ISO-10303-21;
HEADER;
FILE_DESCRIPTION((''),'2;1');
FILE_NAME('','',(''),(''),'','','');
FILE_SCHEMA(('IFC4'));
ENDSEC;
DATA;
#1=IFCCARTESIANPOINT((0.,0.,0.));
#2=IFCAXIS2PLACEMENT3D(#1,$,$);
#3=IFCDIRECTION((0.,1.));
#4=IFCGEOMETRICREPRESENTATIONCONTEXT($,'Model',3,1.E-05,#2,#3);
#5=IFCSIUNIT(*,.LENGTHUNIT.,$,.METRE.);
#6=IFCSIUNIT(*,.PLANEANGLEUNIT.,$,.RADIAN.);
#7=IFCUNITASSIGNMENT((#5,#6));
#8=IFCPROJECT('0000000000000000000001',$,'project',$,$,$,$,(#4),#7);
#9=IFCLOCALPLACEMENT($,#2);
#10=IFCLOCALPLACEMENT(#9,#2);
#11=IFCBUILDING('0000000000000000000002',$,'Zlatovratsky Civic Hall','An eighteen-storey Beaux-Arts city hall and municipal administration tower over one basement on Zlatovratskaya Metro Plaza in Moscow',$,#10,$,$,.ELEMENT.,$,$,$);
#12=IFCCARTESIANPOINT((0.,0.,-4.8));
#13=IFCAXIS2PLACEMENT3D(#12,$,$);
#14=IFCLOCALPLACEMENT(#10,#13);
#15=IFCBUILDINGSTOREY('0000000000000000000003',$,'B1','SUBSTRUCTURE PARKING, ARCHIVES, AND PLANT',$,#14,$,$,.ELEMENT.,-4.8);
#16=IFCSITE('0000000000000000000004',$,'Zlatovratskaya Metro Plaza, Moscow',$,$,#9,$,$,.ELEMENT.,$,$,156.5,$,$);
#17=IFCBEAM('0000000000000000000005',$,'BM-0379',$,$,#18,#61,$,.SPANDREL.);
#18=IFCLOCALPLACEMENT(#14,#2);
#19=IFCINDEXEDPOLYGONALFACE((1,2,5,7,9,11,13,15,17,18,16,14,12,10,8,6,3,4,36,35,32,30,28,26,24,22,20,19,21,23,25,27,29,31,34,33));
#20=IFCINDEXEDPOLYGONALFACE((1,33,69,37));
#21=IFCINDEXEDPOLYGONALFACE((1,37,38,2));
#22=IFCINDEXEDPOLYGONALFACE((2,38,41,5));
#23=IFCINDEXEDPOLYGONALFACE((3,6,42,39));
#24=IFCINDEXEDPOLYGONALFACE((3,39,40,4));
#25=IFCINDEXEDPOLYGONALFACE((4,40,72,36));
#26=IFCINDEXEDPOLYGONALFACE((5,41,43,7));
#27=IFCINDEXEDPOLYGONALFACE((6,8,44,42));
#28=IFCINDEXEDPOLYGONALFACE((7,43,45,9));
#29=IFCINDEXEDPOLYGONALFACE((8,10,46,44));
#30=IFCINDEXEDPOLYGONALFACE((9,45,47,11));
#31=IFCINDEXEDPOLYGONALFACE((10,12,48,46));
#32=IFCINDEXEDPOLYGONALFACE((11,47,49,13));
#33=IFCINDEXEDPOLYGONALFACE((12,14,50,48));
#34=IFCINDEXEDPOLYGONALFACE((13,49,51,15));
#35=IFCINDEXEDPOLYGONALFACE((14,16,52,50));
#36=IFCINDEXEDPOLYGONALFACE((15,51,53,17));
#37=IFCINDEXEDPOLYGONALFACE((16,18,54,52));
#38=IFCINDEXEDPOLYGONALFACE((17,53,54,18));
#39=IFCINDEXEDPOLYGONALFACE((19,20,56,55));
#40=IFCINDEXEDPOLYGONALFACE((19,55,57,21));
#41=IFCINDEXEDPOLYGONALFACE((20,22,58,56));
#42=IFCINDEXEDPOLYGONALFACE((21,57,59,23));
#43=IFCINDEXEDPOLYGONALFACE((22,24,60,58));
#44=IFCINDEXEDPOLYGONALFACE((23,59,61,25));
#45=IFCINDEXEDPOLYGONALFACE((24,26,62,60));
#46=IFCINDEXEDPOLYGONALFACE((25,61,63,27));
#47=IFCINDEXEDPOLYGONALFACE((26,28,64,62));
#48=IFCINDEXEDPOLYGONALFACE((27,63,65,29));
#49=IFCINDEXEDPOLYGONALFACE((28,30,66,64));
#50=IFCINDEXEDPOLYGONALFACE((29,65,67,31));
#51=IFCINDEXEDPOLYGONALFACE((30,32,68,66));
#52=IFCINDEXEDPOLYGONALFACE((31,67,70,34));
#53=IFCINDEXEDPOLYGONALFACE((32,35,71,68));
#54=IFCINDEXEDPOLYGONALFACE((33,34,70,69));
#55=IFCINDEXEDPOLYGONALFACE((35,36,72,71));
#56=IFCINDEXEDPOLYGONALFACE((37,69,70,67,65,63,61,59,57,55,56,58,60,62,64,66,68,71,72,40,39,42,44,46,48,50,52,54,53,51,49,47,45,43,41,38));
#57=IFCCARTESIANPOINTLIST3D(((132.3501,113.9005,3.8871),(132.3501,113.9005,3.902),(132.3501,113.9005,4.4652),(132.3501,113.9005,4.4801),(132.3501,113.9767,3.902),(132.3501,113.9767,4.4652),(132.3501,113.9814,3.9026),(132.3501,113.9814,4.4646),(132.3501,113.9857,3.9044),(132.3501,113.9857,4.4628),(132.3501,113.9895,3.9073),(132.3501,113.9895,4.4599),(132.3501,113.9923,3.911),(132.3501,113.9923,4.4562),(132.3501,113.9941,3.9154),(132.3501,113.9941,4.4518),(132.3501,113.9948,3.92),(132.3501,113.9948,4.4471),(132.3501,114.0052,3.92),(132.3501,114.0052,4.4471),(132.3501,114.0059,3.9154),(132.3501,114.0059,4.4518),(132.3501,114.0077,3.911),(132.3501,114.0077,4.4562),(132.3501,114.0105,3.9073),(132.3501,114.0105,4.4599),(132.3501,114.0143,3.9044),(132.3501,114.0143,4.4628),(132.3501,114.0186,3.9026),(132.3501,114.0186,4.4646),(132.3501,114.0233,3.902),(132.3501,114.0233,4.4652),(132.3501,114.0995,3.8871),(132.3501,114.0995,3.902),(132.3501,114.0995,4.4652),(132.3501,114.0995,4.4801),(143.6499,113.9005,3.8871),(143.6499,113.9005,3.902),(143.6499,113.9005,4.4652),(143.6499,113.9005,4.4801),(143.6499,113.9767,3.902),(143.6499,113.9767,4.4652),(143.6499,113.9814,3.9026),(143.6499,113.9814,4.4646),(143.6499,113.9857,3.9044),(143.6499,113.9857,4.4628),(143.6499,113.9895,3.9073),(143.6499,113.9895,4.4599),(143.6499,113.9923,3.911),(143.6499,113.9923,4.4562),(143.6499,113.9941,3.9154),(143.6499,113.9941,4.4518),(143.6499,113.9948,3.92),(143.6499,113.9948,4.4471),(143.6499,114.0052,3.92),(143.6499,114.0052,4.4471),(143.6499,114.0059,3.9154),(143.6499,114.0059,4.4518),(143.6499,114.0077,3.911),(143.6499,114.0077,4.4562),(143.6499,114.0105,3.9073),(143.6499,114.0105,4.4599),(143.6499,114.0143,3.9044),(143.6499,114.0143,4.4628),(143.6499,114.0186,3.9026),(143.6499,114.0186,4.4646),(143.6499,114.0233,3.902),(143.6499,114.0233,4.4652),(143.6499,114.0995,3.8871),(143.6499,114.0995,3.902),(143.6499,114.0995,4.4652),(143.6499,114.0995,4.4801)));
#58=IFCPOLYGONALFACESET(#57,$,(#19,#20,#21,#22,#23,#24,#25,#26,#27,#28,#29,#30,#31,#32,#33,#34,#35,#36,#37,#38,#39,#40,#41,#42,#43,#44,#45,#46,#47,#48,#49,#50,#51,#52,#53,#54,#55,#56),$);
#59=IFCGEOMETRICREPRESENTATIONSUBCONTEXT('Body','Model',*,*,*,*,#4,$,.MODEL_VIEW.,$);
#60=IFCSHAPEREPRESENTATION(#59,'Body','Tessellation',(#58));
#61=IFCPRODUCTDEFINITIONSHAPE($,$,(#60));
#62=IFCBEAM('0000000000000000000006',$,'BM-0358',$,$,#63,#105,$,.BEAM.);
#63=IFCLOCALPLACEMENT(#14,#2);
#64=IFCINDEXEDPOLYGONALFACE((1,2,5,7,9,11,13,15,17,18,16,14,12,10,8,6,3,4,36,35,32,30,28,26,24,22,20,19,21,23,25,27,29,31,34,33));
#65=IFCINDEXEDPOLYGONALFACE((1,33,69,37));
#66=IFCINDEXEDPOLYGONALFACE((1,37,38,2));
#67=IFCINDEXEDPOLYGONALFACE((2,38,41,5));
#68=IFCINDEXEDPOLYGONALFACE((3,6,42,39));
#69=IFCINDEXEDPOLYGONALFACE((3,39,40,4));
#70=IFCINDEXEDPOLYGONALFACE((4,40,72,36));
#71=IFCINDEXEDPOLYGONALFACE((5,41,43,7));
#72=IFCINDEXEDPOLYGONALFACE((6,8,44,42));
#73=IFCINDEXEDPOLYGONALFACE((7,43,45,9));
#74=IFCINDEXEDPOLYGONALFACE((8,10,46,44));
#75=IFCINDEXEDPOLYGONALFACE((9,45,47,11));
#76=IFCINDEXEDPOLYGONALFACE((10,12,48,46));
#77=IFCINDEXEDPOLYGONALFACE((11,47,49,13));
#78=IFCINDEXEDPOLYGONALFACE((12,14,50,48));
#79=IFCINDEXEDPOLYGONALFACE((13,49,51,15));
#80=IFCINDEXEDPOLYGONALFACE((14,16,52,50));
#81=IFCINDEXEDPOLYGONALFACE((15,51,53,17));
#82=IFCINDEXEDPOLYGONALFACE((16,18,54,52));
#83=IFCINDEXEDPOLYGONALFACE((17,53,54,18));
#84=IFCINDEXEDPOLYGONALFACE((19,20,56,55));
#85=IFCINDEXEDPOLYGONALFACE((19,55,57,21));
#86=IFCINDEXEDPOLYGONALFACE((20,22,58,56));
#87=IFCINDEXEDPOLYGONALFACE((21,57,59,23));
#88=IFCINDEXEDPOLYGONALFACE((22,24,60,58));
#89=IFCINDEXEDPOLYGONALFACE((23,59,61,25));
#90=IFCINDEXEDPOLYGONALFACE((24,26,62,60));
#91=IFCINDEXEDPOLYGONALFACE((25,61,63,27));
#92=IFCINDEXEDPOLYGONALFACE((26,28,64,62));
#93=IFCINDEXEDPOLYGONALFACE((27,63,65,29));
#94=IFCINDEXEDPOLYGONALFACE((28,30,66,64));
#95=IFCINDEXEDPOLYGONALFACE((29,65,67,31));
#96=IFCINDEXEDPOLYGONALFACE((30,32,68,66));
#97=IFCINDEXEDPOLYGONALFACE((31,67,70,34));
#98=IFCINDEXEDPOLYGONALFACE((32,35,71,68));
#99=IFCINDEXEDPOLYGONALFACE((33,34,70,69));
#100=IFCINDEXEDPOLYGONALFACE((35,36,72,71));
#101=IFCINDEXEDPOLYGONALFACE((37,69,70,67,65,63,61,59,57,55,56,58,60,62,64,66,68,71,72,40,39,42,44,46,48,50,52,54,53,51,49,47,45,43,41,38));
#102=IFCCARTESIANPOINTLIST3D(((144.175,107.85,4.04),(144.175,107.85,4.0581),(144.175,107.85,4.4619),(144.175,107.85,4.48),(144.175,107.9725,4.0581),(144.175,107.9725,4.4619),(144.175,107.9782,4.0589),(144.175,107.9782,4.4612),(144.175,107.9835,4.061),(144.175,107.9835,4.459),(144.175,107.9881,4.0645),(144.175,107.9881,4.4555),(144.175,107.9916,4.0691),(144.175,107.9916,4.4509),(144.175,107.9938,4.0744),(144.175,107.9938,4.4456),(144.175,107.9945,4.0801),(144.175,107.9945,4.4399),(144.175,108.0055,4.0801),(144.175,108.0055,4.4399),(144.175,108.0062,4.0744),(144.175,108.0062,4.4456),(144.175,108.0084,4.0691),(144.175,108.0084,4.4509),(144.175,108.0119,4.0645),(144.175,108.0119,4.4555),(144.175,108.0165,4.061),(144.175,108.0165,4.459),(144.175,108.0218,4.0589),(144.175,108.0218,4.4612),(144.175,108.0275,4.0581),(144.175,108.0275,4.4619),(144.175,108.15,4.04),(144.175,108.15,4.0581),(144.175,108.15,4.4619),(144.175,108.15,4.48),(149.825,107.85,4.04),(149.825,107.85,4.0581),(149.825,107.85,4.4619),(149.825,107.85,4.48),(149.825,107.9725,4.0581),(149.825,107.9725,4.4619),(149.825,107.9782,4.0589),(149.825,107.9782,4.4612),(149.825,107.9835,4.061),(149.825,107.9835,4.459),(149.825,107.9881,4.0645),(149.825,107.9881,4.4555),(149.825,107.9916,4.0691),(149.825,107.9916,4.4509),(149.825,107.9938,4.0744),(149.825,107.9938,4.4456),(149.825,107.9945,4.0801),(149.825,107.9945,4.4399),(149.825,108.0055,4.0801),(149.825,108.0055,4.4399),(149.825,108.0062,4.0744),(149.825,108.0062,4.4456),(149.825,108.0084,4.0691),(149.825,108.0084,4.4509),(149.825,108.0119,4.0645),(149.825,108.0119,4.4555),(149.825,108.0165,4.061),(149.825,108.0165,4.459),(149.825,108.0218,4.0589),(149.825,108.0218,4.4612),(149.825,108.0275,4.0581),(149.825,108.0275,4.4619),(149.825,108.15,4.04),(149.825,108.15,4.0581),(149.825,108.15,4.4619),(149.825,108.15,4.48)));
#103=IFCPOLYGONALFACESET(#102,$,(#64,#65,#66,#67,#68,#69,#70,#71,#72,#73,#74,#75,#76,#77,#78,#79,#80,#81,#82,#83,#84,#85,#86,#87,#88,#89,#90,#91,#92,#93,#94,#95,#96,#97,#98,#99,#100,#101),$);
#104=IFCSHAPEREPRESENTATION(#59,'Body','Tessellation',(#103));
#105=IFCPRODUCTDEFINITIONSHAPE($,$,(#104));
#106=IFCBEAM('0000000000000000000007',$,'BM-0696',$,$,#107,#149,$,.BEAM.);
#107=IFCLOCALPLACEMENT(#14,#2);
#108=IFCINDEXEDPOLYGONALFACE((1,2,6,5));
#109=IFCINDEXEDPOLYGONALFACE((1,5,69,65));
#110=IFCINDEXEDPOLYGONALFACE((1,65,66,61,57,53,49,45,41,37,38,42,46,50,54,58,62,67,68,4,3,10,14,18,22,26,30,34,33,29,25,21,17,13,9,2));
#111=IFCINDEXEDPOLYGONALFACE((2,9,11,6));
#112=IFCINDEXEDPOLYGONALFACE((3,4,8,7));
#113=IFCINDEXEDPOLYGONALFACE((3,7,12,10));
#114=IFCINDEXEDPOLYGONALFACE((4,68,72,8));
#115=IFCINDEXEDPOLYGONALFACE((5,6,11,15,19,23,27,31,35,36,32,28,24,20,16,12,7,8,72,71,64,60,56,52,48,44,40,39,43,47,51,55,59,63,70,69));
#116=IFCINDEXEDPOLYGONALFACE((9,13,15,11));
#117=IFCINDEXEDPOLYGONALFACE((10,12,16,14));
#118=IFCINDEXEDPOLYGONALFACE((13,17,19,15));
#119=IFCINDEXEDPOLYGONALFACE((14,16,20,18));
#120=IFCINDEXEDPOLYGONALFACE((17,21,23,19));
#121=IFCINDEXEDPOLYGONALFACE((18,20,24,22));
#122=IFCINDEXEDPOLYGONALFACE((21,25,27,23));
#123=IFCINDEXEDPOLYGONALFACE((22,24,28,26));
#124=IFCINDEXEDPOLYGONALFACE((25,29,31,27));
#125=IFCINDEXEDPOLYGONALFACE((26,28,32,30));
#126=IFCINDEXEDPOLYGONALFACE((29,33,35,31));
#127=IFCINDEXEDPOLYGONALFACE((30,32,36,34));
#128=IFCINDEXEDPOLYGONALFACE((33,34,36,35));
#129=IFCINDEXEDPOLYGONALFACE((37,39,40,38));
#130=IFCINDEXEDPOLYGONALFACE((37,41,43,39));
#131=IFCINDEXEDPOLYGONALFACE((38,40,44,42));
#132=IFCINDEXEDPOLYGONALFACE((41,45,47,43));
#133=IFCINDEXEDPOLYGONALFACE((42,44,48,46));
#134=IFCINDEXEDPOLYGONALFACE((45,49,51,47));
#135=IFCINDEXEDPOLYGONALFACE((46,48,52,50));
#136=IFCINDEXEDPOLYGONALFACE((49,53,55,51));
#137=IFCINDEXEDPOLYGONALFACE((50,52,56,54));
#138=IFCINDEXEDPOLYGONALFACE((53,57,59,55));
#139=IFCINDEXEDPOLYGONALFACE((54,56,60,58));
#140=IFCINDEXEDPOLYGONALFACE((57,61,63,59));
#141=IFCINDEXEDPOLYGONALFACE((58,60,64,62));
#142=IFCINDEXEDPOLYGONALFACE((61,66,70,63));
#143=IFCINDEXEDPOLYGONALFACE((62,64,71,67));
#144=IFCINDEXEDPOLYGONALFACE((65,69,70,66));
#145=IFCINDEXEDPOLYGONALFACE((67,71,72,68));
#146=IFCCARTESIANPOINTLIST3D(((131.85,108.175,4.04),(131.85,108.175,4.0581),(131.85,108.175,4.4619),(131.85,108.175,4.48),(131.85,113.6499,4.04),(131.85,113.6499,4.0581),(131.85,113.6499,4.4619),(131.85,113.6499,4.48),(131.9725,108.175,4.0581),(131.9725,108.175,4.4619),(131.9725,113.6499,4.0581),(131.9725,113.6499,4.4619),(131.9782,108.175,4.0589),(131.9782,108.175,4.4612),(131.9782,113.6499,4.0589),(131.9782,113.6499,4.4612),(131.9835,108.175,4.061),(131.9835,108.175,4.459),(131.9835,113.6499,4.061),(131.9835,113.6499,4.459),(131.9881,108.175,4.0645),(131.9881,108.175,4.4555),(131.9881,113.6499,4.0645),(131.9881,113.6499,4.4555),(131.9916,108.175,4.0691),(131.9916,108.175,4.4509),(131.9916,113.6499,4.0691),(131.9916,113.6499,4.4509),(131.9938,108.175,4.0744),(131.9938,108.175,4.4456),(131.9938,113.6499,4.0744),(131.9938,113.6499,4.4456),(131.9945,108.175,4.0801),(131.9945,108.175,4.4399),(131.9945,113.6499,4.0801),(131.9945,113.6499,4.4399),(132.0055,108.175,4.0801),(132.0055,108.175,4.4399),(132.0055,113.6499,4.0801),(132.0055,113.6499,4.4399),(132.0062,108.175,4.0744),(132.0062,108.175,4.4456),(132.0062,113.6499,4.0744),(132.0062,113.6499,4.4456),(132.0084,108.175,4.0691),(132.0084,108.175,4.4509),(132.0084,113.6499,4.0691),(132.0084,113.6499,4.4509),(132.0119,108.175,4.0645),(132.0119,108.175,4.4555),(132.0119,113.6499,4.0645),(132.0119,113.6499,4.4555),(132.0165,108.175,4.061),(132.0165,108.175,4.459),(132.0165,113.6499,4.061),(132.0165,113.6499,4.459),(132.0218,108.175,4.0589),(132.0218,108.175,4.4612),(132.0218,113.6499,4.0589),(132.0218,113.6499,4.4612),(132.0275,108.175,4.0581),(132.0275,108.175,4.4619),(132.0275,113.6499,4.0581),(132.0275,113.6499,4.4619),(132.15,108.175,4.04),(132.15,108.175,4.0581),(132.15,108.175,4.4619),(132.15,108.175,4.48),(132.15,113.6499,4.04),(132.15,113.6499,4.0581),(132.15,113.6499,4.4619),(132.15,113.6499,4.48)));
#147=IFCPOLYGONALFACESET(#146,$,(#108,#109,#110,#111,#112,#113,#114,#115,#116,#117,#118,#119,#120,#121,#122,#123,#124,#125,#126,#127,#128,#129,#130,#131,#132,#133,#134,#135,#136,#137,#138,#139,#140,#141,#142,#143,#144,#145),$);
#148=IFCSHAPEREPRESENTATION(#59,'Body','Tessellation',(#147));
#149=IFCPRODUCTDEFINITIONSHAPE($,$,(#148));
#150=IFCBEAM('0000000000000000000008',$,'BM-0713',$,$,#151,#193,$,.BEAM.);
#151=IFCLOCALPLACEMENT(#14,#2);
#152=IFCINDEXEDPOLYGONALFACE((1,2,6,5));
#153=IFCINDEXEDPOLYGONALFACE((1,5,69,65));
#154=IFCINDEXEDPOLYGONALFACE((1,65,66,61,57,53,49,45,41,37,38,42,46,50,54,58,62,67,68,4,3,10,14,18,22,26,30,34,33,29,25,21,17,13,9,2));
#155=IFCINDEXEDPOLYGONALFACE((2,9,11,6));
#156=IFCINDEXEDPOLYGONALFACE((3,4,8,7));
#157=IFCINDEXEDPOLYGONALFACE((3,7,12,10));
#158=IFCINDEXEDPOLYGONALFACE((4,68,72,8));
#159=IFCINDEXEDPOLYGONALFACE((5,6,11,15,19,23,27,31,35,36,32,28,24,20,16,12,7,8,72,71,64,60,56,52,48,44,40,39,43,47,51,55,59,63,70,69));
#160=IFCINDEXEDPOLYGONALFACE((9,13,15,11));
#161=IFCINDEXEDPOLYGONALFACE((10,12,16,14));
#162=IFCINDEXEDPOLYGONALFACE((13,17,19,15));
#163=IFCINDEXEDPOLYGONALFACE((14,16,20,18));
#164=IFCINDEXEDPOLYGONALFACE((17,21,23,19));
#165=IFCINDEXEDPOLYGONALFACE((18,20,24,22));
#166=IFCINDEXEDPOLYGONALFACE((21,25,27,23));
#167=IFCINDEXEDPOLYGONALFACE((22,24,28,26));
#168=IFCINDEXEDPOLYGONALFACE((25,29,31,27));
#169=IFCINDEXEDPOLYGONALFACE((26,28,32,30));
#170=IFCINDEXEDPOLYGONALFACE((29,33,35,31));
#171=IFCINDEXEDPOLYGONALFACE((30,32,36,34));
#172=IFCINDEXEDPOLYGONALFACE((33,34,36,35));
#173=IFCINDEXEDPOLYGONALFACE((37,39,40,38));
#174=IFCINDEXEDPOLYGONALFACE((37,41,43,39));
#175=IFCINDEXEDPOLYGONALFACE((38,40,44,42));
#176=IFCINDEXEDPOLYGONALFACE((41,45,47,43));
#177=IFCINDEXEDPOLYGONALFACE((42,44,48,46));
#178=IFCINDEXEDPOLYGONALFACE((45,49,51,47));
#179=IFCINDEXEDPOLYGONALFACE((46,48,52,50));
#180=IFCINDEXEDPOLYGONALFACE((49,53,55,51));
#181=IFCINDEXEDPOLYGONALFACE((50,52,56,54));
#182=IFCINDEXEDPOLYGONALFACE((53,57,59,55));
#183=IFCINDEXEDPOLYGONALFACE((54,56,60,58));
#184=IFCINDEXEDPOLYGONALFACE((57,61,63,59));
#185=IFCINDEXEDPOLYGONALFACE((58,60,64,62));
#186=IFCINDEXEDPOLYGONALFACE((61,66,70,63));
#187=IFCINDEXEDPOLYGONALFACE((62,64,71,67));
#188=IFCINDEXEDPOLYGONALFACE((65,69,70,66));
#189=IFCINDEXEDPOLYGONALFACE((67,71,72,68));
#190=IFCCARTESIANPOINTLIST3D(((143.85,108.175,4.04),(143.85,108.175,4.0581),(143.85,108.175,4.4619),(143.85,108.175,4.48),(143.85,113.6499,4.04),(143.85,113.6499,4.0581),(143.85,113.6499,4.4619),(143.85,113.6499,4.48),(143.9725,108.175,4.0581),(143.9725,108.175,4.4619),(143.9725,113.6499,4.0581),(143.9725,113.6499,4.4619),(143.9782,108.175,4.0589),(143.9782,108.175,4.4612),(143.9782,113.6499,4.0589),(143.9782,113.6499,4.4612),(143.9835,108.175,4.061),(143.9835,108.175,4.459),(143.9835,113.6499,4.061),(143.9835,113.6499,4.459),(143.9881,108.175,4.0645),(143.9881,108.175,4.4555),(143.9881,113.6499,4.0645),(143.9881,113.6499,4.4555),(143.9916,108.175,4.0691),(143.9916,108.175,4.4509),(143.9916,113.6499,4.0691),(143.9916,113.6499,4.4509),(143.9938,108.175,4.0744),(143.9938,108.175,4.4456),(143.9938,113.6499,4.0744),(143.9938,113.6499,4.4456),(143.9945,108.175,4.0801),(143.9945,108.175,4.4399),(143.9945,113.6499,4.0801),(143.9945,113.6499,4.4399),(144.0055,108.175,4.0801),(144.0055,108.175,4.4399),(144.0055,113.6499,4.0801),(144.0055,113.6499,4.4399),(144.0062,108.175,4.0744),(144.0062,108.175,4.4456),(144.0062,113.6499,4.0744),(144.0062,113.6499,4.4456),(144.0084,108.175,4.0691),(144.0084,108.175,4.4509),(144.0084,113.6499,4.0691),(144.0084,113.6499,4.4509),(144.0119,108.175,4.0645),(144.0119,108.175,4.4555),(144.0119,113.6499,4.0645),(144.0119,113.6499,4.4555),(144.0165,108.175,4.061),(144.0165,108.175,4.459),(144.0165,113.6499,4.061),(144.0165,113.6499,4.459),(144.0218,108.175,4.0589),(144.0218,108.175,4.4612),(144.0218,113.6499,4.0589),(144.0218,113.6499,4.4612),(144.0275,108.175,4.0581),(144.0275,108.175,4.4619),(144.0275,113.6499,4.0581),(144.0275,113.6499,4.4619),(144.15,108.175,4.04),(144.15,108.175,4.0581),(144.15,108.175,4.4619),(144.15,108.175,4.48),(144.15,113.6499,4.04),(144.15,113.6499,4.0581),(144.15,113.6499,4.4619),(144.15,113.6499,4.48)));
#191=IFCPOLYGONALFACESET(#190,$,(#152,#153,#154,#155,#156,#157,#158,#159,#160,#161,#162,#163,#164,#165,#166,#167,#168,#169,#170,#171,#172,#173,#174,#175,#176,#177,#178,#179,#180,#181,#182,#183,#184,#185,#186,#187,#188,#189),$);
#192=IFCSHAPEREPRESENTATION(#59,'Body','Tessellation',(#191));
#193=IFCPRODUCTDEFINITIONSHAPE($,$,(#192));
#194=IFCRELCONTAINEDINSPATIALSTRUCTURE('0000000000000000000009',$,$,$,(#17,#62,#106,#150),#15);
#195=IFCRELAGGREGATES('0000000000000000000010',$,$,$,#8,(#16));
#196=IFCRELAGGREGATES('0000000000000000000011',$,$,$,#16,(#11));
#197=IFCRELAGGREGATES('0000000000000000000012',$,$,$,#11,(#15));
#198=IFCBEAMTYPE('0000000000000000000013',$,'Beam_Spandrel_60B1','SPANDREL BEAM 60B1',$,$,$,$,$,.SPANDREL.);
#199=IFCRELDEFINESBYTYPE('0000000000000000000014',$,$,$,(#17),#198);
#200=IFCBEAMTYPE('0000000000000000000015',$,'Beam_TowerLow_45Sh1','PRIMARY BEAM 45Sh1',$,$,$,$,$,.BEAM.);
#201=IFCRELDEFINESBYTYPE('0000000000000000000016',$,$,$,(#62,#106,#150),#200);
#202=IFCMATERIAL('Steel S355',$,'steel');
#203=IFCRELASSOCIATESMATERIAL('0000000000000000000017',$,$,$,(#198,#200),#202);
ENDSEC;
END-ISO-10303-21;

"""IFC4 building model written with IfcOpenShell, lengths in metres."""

from ifc_helpers import new_model, si_unit, direction, frame, origin, origin_2d, place, context, subcontext, project, spatial, i_section, extrude, material, material_profile, profile_set, type_object, element, save


model = new_model("IFC4")

# Units and contexts
model_context = context("Model", 3, precision=1e-05, world=origin(), true_north=direction((0.0, 1.0)))
body_context = subcontext(model_context, "Body", "Model", "MODEL_VIEW")
ifc_project = project(units=[si_unit("LENGTHUNIT", "METRE"), si_unit("PLANEANGLEUNIT", "RADIAN")], contexts=[model_context])

# Site, building, storey
site_placement = place(None, origin())
site = spatial("IfcSite", under=ifc_project, at=site_placement, Name="Zlatovratskaya Metro Plaza, Moscow", CompositionType="ELEMENT", RefElevation=156.5)
building_placement = place(site_placement, origin())
building = spatial("IfcBuilding", under=site, at=building_placement, Name="Zlatovratsky Civic Hall", Description="An eighteen-storey Beaux-Arts city hall and municipal administration tower over one basement on Zlatovratskaya Metro Plaza in Moscow", CompositionType="ELEMENT")
storey_placement = place(building_placement, frame((0.0, 0.0, -4.8)))
storey = spatial("IfcBuildingStorey", under=building, at=storey_placement, Name="B1", Description="SUBSTRUCTURE PARKING, ARCHIVES, AND PLANT", CompositionType="ELEMENT", Elevation=-4.8)

# Shared definitions
ifc_material_1 = material(Name="Steel S355", Category="steel")

# Beams
ifc_material_profile_1 = material_profile(ifc_material_1, i_section(OverallWidth=0.199, OverallDepth=0.593, WebThickness=0.0105, FlangeThickness=0.0149, FilletRadius=0.0181, at=origin_2d()), Name="60B1")
ifc_profile_set_1 = profile_set([ifc_material_profile_1], Name="Steel S355")
beam_type_1 = type_object("IfcBeamType", Name="Beam_Spandrel_60B1", Description="SPANDREL BEAM 60B1", PredefinedType="SPANDREL", material=ifc_profile_set_1)
beam_1_placement = place(storey_placement, frame((132.3501, 114.0, 4.1836), z_axis=(1.0, 0.0, 0.0), x_axis=(0.0, 1.0, 0.0)))
element("IfcBeam", 1, at=beam_1_placement, inside=storey, type_object=beam_type_1, Name="BM-0379", PredefinedType="SPANDREL", context=body_context, shape_type="SweptSolid", body=[
    extrude(i_section(OverallWidth=0.199, OverallDepth=0.593, WebThickness=0.0105, FlangeThickness=0.0149, FilletRadius=0.0181, at=origin_2d()), origin(), (0.0, 0.0, 1.0), 11.2998),
])
ifc_material_profile_2 = material_profile(ifc_material_1, i_section(OverallWidth=0.3, OverallDepth=0.4399, WebThickness=0.011, FlangeThickness=0.0181, FilletRadius=0.022, at=origin_2d()), Name="45Sh1")
ifc_profile_set_2 = profile_set([ifc_material_profile_2], Name="Steel S355")
beam_type_2 = type_object("IfcBeamType", Name="Beam_TowerLow_45Sh1", Description="PRIMARY BEAM 45Sh1", PredefinedType="BEAM", material=ifc_profile_set_2)
beam_2_placement = place(storey_placement, frame((144.175, 108.0, 4.26), z_axis=(1.0, 0.0, 0.0), x_axis=(0.0, 1.0, 0.0)))
element("IfcBeam", 2, at=beam_2_placement, inside=storey, type_object=beam_type_2, Name="BM-0358", PredefinedType="BEAM", context=body_context, shape_type="SweptSolid", body=[
    extrude(i_section(OverallWidth=0.3, OverallDepth=0.4399, WebThickness=0.011, FlangeThickness=0.0181, FilletRadius=0.022, at=origin_2d()), origin(), (0.0, 0.0, 1.0), 5.6499),
])
for number, where, z_axis, x_axis, name in (
    (3, (132.0, 108.175, 4.26), (0.0, 1.0, 0.0), (-1.0, 0.0, 0.0), "BM-0696"),
    (4, (144.0, 108.175, 4.26), (0.0, 1.0, 0.0), (-1.0, 0.0, 0.0), "BM-0713"),
):
    element("IfcBeam", number, at=place(storey_placement, frame(where, z_axis=z_axis, x_axis=x_axis)), inside=storey, type_object=beam_type_2, Name=name, PredefinedType="BEAM", context=body_context, shape_type="SweptSolid", body=[
        extrude(i_section(OverallWidth=0.3, OverallDepth=0.4399, WebThickness=0.011, FlangeThickness=0.0181, FilletRadius=0.022, at=origin_2d()), origin(), (0.0, 0.0, 1.0), 5.4749),
    ])

save(model, "model.ifc")
